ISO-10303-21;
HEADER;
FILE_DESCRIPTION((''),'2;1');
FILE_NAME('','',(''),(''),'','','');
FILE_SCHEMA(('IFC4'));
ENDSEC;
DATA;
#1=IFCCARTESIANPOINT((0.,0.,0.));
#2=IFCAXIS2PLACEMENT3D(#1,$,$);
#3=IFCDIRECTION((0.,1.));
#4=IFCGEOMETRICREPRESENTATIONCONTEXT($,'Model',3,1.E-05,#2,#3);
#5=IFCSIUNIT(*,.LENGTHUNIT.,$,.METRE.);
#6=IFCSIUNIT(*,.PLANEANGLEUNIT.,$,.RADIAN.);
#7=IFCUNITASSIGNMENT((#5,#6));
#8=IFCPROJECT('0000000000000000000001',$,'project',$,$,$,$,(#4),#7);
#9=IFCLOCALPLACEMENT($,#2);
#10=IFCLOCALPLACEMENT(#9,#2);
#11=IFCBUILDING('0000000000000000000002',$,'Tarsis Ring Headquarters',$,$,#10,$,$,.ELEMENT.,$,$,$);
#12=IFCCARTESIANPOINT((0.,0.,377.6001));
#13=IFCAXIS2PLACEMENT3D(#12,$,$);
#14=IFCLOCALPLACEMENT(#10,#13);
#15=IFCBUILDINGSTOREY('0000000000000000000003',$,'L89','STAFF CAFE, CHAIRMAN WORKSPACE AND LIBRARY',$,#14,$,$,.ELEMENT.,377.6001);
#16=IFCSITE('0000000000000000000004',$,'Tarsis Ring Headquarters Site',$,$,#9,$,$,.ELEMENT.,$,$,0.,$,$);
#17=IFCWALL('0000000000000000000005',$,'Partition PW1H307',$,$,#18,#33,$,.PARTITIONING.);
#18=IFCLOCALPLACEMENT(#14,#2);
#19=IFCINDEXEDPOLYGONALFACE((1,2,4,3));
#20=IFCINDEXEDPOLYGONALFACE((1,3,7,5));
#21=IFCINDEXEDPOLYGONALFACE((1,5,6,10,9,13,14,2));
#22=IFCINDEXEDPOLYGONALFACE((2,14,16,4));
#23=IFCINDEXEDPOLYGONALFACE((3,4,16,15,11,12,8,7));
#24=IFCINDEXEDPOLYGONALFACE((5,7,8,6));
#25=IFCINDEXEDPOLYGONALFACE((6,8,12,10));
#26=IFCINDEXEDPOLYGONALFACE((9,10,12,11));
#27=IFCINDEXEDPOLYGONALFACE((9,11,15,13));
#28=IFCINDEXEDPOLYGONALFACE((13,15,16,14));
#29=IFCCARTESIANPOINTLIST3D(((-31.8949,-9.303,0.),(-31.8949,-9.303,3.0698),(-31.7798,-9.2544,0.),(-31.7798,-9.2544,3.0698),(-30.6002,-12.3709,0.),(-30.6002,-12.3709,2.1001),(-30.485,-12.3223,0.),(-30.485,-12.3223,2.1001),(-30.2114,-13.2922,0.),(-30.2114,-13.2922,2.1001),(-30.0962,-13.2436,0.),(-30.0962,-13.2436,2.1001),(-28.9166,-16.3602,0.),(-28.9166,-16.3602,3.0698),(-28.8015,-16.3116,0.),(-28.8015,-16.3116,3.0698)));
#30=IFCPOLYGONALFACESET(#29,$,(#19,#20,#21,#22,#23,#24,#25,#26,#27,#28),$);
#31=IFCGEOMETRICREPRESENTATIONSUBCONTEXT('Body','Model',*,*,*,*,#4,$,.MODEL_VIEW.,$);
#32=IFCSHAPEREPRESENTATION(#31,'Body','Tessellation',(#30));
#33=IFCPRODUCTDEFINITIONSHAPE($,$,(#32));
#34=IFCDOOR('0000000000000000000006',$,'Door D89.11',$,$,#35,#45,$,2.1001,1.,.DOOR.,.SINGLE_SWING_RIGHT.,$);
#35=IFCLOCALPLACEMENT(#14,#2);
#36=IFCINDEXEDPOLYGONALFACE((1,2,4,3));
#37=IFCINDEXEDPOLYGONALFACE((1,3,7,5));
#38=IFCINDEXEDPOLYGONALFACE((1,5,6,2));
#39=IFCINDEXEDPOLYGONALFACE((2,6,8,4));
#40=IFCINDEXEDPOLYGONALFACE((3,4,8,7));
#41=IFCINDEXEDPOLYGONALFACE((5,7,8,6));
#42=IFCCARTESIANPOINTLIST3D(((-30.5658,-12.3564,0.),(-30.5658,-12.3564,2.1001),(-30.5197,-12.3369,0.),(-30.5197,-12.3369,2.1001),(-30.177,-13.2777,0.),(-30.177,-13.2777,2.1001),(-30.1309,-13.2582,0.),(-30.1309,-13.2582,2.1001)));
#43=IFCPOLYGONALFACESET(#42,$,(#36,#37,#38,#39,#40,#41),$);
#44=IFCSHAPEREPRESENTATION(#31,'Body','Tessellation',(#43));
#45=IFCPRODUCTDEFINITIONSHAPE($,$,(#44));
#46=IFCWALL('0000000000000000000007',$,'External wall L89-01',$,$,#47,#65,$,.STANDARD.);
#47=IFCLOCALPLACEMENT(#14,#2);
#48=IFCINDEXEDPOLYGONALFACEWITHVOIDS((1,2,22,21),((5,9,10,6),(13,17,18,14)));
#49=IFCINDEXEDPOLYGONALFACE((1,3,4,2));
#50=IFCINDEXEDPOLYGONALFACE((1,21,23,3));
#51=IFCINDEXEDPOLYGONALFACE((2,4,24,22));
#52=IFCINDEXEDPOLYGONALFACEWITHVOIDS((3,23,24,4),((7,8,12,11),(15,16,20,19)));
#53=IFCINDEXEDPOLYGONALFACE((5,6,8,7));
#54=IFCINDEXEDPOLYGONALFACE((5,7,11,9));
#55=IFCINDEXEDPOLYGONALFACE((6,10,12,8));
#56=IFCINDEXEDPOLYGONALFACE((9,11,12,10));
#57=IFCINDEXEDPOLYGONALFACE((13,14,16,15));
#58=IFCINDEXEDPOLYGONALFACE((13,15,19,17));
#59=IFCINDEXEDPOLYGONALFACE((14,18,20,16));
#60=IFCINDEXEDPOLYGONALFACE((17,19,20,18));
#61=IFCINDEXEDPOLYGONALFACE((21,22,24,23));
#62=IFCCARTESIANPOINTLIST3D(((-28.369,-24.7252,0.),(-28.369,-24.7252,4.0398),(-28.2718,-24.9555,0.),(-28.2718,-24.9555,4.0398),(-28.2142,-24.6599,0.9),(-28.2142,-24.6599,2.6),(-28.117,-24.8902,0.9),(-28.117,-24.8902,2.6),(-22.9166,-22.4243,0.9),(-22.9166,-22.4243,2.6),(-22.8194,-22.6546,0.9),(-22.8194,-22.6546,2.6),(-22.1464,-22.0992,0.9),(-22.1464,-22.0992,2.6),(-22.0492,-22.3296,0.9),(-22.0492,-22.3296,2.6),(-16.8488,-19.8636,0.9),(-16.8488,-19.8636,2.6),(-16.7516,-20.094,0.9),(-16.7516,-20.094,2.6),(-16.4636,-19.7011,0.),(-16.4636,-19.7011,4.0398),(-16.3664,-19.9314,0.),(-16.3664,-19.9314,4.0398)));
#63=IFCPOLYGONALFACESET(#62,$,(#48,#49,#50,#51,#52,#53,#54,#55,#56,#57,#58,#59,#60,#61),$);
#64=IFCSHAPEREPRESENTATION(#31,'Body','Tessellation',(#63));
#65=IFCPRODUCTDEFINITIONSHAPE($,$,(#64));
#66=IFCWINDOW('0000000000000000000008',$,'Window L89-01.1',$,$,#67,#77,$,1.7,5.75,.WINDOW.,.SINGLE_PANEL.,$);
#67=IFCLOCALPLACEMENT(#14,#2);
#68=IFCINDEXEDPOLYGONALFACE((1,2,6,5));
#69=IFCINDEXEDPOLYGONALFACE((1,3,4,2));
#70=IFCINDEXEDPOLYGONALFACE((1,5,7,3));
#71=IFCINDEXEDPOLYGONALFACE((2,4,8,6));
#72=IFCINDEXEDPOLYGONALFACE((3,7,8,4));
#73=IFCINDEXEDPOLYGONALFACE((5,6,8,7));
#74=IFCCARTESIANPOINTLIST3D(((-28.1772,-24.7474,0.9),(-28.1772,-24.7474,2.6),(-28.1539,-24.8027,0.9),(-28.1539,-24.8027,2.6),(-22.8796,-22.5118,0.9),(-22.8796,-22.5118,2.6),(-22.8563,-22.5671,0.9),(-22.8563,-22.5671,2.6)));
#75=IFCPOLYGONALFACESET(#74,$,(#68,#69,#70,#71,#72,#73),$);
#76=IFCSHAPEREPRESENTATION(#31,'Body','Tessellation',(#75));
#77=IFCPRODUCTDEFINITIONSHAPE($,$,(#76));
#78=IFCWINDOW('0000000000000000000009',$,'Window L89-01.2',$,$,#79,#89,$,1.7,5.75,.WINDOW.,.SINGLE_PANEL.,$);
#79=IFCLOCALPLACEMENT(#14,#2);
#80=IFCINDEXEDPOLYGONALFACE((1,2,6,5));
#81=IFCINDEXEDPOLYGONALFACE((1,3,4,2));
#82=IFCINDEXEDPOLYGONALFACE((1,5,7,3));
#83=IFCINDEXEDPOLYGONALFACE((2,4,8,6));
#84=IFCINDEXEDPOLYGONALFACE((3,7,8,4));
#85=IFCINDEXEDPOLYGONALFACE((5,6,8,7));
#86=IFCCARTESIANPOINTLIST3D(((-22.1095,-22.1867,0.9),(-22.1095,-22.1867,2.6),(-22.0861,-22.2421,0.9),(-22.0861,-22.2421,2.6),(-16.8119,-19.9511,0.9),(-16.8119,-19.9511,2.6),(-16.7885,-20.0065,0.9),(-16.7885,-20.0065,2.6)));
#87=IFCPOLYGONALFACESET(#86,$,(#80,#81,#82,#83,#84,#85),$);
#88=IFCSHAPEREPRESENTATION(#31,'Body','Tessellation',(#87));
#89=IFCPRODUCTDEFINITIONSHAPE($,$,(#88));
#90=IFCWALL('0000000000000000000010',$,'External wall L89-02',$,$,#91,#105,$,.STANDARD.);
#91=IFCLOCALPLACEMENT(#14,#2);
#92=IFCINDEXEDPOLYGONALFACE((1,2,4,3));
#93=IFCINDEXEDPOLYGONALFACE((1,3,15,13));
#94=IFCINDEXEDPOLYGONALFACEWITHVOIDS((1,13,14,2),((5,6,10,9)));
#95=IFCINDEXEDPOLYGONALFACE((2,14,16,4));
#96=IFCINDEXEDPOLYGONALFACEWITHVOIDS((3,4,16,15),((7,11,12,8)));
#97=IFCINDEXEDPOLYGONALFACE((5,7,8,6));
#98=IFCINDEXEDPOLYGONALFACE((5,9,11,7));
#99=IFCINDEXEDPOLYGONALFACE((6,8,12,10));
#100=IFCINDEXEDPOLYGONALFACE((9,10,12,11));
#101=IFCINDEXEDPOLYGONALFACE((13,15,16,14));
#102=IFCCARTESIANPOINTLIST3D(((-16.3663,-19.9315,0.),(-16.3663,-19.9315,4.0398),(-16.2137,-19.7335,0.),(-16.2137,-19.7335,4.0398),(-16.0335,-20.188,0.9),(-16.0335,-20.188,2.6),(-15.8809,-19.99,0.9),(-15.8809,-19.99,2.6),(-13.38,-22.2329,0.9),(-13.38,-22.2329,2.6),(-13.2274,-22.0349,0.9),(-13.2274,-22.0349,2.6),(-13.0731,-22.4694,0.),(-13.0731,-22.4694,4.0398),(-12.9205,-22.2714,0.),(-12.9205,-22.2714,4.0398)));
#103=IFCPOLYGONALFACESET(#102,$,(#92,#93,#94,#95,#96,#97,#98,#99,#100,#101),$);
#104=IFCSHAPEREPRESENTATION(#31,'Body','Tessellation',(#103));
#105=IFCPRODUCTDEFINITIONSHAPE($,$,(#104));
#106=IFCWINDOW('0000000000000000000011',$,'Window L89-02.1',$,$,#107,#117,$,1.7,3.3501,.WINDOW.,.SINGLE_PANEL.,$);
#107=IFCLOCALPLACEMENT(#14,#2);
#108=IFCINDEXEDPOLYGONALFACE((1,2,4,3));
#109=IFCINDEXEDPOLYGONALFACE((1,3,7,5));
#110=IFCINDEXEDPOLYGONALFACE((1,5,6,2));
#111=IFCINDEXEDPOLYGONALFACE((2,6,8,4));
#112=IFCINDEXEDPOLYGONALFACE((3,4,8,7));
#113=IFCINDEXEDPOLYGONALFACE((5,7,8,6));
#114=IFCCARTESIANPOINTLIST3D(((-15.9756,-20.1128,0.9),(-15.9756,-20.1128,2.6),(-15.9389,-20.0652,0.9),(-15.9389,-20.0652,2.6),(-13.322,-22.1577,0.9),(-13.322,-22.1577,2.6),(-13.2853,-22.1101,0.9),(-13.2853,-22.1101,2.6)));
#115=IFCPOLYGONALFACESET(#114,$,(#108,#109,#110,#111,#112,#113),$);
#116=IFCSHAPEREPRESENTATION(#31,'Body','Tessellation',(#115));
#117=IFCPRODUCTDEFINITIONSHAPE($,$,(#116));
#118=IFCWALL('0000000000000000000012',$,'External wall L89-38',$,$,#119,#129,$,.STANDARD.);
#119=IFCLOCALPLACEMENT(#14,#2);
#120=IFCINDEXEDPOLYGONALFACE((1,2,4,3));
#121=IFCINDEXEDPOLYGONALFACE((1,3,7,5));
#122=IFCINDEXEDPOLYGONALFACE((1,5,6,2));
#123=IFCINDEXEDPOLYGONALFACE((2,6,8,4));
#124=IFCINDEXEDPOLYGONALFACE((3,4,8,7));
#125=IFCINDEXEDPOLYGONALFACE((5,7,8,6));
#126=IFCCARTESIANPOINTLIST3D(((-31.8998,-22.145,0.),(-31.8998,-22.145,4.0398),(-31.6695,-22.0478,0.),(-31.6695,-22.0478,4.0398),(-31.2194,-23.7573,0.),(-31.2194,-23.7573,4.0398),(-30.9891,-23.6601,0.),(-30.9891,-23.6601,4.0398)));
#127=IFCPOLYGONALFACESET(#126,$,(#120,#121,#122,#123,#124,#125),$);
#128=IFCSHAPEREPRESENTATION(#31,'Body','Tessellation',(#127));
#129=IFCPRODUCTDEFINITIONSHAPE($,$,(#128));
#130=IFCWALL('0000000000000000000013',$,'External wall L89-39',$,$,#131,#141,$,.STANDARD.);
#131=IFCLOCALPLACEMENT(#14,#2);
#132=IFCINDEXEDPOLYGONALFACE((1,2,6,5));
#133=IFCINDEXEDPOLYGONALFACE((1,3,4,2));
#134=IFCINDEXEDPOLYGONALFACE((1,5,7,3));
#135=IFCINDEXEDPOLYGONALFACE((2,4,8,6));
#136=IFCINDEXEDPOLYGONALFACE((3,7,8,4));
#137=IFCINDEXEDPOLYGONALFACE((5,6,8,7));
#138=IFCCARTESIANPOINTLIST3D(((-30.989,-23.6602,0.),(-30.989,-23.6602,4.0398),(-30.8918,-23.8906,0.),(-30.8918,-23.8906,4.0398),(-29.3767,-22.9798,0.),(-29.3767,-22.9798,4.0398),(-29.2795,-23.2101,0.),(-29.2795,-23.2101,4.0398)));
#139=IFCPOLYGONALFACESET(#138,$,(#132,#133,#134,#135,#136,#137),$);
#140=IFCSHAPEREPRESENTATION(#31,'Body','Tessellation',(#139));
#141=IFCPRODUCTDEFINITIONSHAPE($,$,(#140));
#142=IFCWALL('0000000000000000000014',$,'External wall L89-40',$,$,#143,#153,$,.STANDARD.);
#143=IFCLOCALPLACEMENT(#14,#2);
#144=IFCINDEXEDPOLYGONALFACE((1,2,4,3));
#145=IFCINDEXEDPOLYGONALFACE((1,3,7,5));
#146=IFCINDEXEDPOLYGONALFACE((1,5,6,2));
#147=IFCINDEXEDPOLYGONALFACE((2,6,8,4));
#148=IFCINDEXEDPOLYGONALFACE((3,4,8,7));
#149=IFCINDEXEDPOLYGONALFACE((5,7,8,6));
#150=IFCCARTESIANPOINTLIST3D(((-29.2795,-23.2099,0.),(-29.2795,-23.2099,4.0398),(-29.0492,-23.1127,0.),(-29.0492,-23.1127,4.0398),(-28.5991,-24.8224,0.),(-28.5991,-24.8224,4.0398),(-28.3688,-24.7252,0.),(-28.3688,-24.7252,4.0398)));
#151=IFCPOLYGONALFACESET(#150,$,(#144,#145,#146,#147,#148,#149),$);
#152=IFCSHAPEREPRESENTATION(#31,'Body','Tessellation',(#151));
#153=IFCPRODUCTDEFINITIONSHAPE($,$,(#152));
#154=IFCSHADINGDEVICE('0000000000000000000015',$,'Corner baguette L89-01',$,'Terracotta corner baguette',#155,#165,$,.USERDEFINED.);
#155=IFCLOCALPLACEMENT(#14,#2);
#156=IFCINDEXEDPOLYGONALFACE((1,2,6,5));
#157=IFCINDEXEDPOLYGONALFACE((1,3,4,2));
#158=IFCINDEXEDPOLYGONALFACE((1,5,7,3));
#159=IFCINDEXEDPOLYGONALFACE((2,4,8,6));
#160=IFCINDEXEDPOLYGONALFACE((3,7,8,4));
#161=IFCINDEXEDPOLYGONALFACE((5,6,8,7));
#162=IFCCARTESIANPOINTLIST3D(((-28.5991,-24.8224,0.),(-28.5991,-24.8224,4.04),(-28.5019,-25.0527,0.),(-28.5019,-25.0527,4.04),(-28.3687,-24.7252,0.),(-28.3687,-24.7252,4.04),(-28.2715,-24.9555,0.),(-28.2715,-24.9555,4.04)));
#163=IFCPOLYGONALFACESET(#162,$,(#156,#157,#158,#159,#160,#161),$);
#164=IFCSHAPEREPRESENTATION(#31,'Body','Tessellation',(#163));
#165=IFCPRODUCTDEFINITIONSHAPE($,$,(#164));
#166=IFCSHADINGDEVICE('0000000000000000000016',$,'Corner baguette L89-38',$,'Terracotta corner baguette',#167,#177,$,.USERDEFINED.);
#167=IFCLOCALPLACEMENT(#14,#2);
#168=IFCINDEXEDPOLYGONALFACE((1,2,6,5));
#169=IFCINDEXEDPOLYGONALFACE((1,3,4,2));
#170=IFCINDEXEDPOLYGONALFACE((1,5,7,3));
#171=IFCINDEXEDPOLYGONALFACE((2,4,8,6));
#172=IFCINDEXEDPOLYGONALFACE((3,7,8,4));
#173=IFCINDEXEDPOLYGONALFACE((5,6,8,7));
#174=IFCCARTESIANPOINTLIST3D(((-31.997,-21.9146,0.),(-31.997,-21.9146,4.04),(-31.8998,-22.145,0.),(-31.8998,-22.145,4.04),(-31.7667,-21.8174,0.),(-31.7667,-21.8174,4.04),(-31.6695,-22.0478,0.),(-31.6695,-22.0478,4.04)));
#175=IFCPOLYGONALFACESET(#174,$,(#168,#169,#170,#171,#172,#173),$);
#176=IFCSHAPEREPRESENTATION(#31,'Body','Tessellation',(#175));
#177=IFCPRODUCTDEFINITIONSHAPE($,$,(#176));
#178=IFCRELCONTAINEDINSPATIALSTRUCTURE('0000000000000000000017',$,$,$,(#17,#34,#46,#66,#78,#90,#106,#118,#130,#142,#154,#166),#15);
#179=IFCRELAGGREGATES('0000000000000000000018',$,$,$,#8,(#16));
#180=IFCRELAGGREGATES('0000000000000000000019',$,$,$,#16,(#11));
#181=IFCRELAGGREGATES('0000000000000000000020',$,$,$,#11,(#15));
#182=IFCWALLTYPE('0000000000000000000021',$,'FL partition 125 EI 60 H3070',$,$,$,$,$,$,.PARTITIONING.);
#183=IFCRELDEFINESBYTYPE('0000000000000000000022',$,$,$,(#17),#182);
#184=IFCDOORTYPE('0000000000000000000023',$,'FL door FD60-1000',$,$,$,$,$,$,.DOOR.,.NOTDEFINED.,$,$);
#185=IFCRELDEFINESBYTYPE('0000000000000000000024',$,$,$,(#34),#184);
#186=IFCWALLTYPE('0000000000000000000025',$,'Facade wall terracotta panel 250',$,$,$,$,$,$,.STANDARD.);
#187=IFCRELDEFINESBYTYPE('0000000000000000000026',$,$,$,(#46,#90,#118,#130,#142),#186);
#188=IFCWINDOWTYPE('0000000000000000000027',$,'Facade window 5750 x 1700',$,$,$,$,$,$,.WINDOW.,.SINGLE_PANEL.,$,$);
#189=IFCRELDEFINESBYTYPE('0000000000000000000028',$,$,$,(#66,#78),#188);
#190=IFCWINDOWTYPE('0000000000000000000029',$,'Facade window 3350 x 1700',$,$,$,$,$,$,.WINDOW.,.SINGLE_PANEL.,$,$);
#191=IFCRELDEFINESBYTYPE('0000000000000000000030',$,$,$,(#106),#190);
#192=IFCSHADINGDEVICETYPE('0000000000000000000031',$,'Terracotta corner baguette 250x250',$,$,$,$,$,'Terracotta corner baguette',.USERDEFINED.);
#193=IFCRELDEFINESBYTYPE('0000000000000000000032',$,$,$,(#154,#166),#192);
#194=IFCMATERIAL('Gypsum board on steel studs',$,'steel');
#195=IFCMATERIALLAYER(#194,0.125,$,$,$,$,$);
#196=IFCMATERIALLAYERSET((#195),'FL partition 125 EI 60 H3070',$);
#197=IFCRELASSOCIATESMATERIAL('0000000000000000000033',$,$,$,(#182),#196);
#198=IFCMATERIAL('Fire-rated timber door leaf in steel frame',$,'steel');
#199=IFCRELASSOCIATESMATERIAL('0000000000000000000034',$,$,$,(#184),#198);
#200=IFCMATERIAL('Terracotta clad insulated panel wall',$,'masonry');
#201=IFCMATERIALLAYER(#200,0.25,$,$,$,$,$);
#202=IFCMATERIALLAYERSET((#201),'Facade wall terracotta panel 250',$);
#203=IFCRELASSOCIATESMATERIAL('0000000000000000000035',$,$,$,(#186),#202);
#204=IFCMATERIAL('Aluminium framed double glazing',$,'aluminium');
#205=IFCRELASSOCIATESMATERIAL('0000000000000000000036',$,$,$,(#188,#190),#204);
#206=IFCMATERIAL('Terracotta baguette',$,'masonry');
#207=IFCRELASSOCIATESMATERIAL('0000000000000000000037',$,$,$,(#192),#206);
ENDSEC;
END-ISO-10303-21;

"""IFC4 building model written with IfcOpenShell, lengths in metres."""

from ifc_helpers import new_model, si_unit, direction, frame, frame_2d, origin, origin_2d, place, context, subcontext, project, spatial, rectangle, extrude, material, layer, layer_set, type_object, element, fill, save


model = new_model("IFC4")

# Units and contexts
model_context = context("Model", 3, precision=1e-05, world=origin(), true_north=direction((0.0, 1.0)))
body_context = subcontext(model_context, "Body", "Model", "MODEL_VIEW")
ifc_project = project(units=[si_unit("LENGTHUNIT", "METRE"), si_unit("PLANEANGLEUNIT", "RADIAN")], contexts=[model_context])

# Site, building, storey
site_placement = place(None, origin())
site = spatial("IfcSite", under=ifc_project, at=site_placement, Name="Tarsis Ring Headquarters Site", CompositionType="ELEMENT", RefElevation=0.0)
building_placement = place(site_placement, origin())
building = spatial("IfcBuilding", under=site, at=building_placement, Name="Tarsis Ring Headquarters", CompositionType="ELEMENT")
storey_placement = place(building_placement, frame((0.0, 0.0, 377.6001)))
storey = spatial("IfcBuildingStorey", under=building, at=storey_placement, Name="L89", Description="STAFF CAFE, CHAIRMAN WORKSPACE AND LIBRARY", CompositionType="ELEMENT", Elevation=377.6001)

# Shared definitions
ifc_material_1 = material(Name="Gypsum board on steel studs", Category="steel")

# Shared definitions
ifc_layer_1 = layer(ifc_material_1, 0.125)
ifc_layer_set_1 = layer_set([ifc_layer_1], Name="FL partition 125 EI 60 H3070")
wall_type_1 = type_object("IfcWallType", Name="FL partition 125 EI 60 H3070", PredefinedType="PARTITIONING", material=ifc_layer_set_1)
ifc_material_2 = material(Name="Fire-rated timber door leaf in steel frame", Category="steel")

# Wall, opening, door
wall_1_placement = place(storey_placement, frame((-31.8374, -9.2786, 0.0), z_axis=(0.0, 0.0, 1.0), x_axis=(0.388816, -0.921315, 0.0)))
wall_1 = element("IfcWall", 1, at=wall_1_placement, inside=storey, type_object=wall_type_1, Name="Partition PW1H307", PredefinedType="PARTITIONING", context=body_context, shape_type="SweptSolid", body=[
    extrude(rectangle(XDim=7.6599, YDim=0.125, at=frame_2d((3.8301, 0.0))), origin(), (0.0, 0.0, 1.0), 3.0698),
])
opening_1_placement = place(wall_1_placement, frame((3.3301, 0.0, 0.0)))
opening_1 = element("IfcOpeningElement", 2, at=opening_1_placement, cuts=wall_1, PredefinedType="OPENING", context=body_context, shape_type="SweptSolid", body=[
    extrude(rectangle(XDim=1.0, YDim=2.1001, at=frame_2d((0.5, 1.05))), frame((0.0, 0.0725, 0.0), z_axis=(0.0, -1.0, 0.0), x_axis=(1.0, 0.0, 0.0)), (0.0, 0.0, 1.0), 0.145),
])
door_type_1 = type_object("IfcDoorType", Name="FL door FD60-1000", OperationType="NOTDEFINED", PredefinedType="DOOR", material=ifc_material_2)
door_1_placement = place(opening_1_placement, origin())
door_1 = element("IfcDoor", 3, at=door_1_placement, inside=storey, type_object=door_type_1, Name="Door D89.11", OperationType="SINGLE_SWING_RIGHT", OverallHeight=2.1001, OverallWidth=1.0, PredefinedType="DOOR", context=body_context, shape_type="SweptSolid", body=[
    extrude(rectangle(XDim=1.0, YDim=2.1001, at=frame_2d((0.5, 1.05))), frame((0.0, 0.0249, 0.0), z_axis=(0.0, -1.0, 0.0), x_axis=(1.0, 0.0, 0.0)), (0.0, 0.0, 1.0), 0.05),
])
fill(opening_1, door_1)

# Wall, openings, windows
ifc_material_3 = material(Name="Terracotta clad insulated panel wall", Category="masonry")
ifc_layer_2 = layer(ifc_material_3, 0.25)
ifc_layer_set_2 = layer_set([ifc_layer_2], Name="Facade wall terracotta panel 250")
wall_type_2 = type_object("IfcWallType", Name="Facade wall terracotta panel 250", PredefinedType="STANDARD", material=ifc_layer_set_2)
wall_2_placement = place(storey_placement, frame((-28.3203, -24.8403, 0.0), z_axis=(0.0, 0.0, 1.0), x_axis=(0.921322, 0.388801, 0.0)))
wall_2 = element("IfcWall", 4, at=wall_2_placement, inside=storey, type_object=wall_type_2, Name="External wall L89-01", PredefinedType="STANDARD", context=body_context, shape_type="SweptSolid", body=[
    extrude(rectangle(XDim=12.9221, YDim=0.25, at=frame_2d((6.4609, 0.0))), origin(), (0.0, 0.0, 1.0), 4.0398),
])
opening_2_placement = place(wall_2_placement, frame((0.168, 0.0, 0.8999)))
opening_2 = element("IfcOpeningElement", 5, at=opening_2_placement, cuts=wall_2, PredefinedType="OPENING", context=body_context, shape_type="SweptSolid", body=[
    extrude(rectangle(XDim=5.75, YDim=1.7, at=frame_2d((2.875, 0.8501))), frame((0.0, 0.135, 0.0), z_axis=(0.0, -1.0, 0.0), x_axis=(1.0, 0.0, 0.0)), (0.0, 0.0, 1.0), 0.27),
])
opening_3_placement = place(wall_2_placement, frame((6.7539, 0.0, 0.8999)))
opening_3 = element("IfcOpeningElement", 6, at=opening_3_placement, cuts=wall_2, PredefinedType="OPENING", context=body_context, shape_type="SweptSolid", body=[
    extrude(rectangle(XDim=5.75, YDim=1.7, at=frame_2d((2.875, 0.8501))), frame((0.0, 0.135, 0.0), z_axis=(0.0, -1.0, 0.0), x_axis=(1.0, 0.0, 0.0)), (0.0, 0.0, 1.0), 0.27),
])
ifc_material_4 = material(Name="Aluminium framed double glazing", Category="aluminium")
window_type_1 = type_object("IfcWindowType", Name="Facade window 5750 x 1700", PartitioningType="SINGLE_PANEL", PredefinedType="WINDOW", material=ifc_material_4)
window_1_placement = place(opening_2_placement, origin())
window_1 = element("IfcWindow", 7, at=window_1_placement, inside=storey, type_object=window_type_1, Name="Window L89-01.1", OverallHeight=1.7, OverallWidth=5.75, PartitioningType="SINGLE_PANEL", PredefinedType="WINDOW", context=body_context, shape_type="SweptSolid", body=[
    extrude(rectangle(XDim=5.75, YDim=1.7, at=frame_2d((2.875, 0.8501))), frame((0.0, 0.03, 0.0), z_axis=(0.0, -1.0, 0.0), x_axis=(1.0, 0.0, 0.0)), (0.0, 0.0, 1.0), 0.0601),
])
fill(opening_2, window_1)
window_2_placement = place(opening_3_placement, origin())
window_2 = element("IfcWindow", 8, at=window_2_placement, inside=storey, type_object=window_type_1, Name="Window L89-01.2", OverallHeight=1.7, OverallWidth=5.75, PartitioningType="SINGLE_PANEL", PredefinedType="WINDOW", context=body_context, shape_type="SweptSolid", body=[
    extrude(rectangle(XDim=5.75, YDim=1.7, at=frame_2d((2.875, 0.8501))), frame((0.0, 0.03, 0.0), z_axis=(0.0, -1.0, 0.0), x_axis=(1.0, 0.0, 0.0)), (0.0, 0.0, 1.0), 0.0601),
])
fill(opening_3, window_2)

# Wall, opening, window
wall_3_placement = place(storey_placement, frame((-16.29, -19.8325, 0.0), z_axis=(0.0, 0.0, 1.0), x_axis=(0.792089, -0.610406, 0.0)))
wall_3 = element("IfcWall", 9, at=wall_3_placement, inside=storey, type_object=wall_type_2, Name="External wall L89-02", PredefinedType="STANDARD", context=body_context, shape_type="SweptSolid", body=[
    extrude(rectangle(XDim=4.1577, YDim=0.25, at=frame_2d((2.0789, 0.0))), origin(), (0.0, 0.0, 1.0), 4.0398),
])
opening_4_placement = place(wall_3_placement, frame((0.4202, 0.0, 0.8999)))
opening_4 = element("IfcOpeningElement", 10, at=opening_4_placement, cuts=wall_3, PredefinedType="OPENING", context=body_context, shape_type="SweptSolid", body=[
    extrude(rectangle(XDim=3.3501, YDim=1.7, at=frame_2d((1.675, 0.8501))), frame((0.0, 0.135, 0.0), z_axis=(0.0, -1.0, 0.0), x_axis=(1.0, 0.0, 0.0)), (0.0, 0.0, 1.0), 0.27),
])
window_type_2 = type_object("IfcWindowType", Name="Facade window 3350 x 1700", PartitioningType="SINGLE_PANEL", PredefinedType="WINDOW", material=ifc_material_4)
window_3_placement = place(opening_4_placement, origin())
window_3 = element("IfcWindow", 11, at=window_3_placement, inside=storey, type_object=window_type_2, Name="Window L89-02.1", OverallHeight=1.7, OverallWidth=3.3501, PartitioningType="SINGLE_PANEL", PredefinedType="WINDOW", context=body_context, shape_type="SweptSolid", body=[
    extrude(rectangle(XDim=3.3501, YDim=1.7, at=frame_2d((1.675, 0.8501))), frame((0.0, 0.03, 0.0), z_axis=(0.0, -1.0, 0.0), x_axis=(1.0, 0.0, 0.0)), (0.0, 0.0, 1.0), 0.0601),
])
fill(opening_4, window_3)

# Walls
for number, where, z_axis, x_axis, name in (
    (12, (-31.7847, -22.0964, 0.0), (0.0, 0.0, 1.0), (0.388812, -0.921317, 0.0), "External wall L89-38"),
    (13, (-30.9404, -23.7754, 0.0), (0.0, 0.0, 1.0), (0.921317, 0.388812, 0.0), "External wall L89-39"),
):
    element("IfcWall", number, at=place(storey_placement, frame(where, z_axis=z_axis, x_axis=x_axis)), inside=storey, type_object=wall_type_2, Name=name, PredefinedType="STANDARD", context=body_context, shape_type="SweptSolid", body=[
        extrude(rectangle(XDim=1.75, YDim=0.25, at=frame_2d((0.875, 0.0))), origin(), (0.0, 0.0, 1.0), 4.0398),
    ])
wall_4_placement = place(storey_placement, frame((-29.1643, -23.1614, 0.0), z_axis=(0.0, 0.0, 1.0), x_axis=(0.388762, -0.921338, 0.0)))
element("IfcWall", 14, at=wall_4_placement, inside=storey, type_object=wall_type_2, Name="External wall L89-40", PredefinedType="STANDARD", context=body_context, shape_type="SweptSolid", body=[
    extrude(rectangle(XDim=1.7502, YDim=0.25, at=frame_2d((0.875, 0.0))), origin(), (0.0, 0.0, 1.0), 4.0398),
])

# Shading devices
ifc_material_5 = material(Name="Terracotta baguette", Category="masonry")
shading_device_type_1 = type_object("IfcShadingDeviceType", Name="Terracotta corner baguette 250x250", ElementType="Terracotta corner baguette", PredefinedType="USERDEFINED", material=ifc_material_5)
for number, where, z_axis, x_axis, name in (
    (15, (-28.4353, -24.8889, 0.0), (0.0, 0.0, 1.0), (0.388802, -0.921321, 0.0), "Corner baguette L89-01"),
    (16, (-31.8333, -21.9812, 0.0), (0.0, 0.0, 1.0), (0.921321, 0.388803, 0.0), "Corner baguette L89-38"),
):
    element("IfcShadingDevice", number, at=place(storey_placement, frame(where, z_axis=z_axis, x_axis=x_axis)), inside=storey, type_object=shading_device_type_1, Name=name, ObjectType="Terracotta corner baguette", PredefinedType="USERDEFINED", context=body_context, shape_type="SweptSolid", body=[
        extrude(rectangle(XDim=0.25, YDim=0.25, at=origin_2d()), origin(), (0.0, 0.0, 1.0), 4.04),
    ])

save(model, "model.ifc")
